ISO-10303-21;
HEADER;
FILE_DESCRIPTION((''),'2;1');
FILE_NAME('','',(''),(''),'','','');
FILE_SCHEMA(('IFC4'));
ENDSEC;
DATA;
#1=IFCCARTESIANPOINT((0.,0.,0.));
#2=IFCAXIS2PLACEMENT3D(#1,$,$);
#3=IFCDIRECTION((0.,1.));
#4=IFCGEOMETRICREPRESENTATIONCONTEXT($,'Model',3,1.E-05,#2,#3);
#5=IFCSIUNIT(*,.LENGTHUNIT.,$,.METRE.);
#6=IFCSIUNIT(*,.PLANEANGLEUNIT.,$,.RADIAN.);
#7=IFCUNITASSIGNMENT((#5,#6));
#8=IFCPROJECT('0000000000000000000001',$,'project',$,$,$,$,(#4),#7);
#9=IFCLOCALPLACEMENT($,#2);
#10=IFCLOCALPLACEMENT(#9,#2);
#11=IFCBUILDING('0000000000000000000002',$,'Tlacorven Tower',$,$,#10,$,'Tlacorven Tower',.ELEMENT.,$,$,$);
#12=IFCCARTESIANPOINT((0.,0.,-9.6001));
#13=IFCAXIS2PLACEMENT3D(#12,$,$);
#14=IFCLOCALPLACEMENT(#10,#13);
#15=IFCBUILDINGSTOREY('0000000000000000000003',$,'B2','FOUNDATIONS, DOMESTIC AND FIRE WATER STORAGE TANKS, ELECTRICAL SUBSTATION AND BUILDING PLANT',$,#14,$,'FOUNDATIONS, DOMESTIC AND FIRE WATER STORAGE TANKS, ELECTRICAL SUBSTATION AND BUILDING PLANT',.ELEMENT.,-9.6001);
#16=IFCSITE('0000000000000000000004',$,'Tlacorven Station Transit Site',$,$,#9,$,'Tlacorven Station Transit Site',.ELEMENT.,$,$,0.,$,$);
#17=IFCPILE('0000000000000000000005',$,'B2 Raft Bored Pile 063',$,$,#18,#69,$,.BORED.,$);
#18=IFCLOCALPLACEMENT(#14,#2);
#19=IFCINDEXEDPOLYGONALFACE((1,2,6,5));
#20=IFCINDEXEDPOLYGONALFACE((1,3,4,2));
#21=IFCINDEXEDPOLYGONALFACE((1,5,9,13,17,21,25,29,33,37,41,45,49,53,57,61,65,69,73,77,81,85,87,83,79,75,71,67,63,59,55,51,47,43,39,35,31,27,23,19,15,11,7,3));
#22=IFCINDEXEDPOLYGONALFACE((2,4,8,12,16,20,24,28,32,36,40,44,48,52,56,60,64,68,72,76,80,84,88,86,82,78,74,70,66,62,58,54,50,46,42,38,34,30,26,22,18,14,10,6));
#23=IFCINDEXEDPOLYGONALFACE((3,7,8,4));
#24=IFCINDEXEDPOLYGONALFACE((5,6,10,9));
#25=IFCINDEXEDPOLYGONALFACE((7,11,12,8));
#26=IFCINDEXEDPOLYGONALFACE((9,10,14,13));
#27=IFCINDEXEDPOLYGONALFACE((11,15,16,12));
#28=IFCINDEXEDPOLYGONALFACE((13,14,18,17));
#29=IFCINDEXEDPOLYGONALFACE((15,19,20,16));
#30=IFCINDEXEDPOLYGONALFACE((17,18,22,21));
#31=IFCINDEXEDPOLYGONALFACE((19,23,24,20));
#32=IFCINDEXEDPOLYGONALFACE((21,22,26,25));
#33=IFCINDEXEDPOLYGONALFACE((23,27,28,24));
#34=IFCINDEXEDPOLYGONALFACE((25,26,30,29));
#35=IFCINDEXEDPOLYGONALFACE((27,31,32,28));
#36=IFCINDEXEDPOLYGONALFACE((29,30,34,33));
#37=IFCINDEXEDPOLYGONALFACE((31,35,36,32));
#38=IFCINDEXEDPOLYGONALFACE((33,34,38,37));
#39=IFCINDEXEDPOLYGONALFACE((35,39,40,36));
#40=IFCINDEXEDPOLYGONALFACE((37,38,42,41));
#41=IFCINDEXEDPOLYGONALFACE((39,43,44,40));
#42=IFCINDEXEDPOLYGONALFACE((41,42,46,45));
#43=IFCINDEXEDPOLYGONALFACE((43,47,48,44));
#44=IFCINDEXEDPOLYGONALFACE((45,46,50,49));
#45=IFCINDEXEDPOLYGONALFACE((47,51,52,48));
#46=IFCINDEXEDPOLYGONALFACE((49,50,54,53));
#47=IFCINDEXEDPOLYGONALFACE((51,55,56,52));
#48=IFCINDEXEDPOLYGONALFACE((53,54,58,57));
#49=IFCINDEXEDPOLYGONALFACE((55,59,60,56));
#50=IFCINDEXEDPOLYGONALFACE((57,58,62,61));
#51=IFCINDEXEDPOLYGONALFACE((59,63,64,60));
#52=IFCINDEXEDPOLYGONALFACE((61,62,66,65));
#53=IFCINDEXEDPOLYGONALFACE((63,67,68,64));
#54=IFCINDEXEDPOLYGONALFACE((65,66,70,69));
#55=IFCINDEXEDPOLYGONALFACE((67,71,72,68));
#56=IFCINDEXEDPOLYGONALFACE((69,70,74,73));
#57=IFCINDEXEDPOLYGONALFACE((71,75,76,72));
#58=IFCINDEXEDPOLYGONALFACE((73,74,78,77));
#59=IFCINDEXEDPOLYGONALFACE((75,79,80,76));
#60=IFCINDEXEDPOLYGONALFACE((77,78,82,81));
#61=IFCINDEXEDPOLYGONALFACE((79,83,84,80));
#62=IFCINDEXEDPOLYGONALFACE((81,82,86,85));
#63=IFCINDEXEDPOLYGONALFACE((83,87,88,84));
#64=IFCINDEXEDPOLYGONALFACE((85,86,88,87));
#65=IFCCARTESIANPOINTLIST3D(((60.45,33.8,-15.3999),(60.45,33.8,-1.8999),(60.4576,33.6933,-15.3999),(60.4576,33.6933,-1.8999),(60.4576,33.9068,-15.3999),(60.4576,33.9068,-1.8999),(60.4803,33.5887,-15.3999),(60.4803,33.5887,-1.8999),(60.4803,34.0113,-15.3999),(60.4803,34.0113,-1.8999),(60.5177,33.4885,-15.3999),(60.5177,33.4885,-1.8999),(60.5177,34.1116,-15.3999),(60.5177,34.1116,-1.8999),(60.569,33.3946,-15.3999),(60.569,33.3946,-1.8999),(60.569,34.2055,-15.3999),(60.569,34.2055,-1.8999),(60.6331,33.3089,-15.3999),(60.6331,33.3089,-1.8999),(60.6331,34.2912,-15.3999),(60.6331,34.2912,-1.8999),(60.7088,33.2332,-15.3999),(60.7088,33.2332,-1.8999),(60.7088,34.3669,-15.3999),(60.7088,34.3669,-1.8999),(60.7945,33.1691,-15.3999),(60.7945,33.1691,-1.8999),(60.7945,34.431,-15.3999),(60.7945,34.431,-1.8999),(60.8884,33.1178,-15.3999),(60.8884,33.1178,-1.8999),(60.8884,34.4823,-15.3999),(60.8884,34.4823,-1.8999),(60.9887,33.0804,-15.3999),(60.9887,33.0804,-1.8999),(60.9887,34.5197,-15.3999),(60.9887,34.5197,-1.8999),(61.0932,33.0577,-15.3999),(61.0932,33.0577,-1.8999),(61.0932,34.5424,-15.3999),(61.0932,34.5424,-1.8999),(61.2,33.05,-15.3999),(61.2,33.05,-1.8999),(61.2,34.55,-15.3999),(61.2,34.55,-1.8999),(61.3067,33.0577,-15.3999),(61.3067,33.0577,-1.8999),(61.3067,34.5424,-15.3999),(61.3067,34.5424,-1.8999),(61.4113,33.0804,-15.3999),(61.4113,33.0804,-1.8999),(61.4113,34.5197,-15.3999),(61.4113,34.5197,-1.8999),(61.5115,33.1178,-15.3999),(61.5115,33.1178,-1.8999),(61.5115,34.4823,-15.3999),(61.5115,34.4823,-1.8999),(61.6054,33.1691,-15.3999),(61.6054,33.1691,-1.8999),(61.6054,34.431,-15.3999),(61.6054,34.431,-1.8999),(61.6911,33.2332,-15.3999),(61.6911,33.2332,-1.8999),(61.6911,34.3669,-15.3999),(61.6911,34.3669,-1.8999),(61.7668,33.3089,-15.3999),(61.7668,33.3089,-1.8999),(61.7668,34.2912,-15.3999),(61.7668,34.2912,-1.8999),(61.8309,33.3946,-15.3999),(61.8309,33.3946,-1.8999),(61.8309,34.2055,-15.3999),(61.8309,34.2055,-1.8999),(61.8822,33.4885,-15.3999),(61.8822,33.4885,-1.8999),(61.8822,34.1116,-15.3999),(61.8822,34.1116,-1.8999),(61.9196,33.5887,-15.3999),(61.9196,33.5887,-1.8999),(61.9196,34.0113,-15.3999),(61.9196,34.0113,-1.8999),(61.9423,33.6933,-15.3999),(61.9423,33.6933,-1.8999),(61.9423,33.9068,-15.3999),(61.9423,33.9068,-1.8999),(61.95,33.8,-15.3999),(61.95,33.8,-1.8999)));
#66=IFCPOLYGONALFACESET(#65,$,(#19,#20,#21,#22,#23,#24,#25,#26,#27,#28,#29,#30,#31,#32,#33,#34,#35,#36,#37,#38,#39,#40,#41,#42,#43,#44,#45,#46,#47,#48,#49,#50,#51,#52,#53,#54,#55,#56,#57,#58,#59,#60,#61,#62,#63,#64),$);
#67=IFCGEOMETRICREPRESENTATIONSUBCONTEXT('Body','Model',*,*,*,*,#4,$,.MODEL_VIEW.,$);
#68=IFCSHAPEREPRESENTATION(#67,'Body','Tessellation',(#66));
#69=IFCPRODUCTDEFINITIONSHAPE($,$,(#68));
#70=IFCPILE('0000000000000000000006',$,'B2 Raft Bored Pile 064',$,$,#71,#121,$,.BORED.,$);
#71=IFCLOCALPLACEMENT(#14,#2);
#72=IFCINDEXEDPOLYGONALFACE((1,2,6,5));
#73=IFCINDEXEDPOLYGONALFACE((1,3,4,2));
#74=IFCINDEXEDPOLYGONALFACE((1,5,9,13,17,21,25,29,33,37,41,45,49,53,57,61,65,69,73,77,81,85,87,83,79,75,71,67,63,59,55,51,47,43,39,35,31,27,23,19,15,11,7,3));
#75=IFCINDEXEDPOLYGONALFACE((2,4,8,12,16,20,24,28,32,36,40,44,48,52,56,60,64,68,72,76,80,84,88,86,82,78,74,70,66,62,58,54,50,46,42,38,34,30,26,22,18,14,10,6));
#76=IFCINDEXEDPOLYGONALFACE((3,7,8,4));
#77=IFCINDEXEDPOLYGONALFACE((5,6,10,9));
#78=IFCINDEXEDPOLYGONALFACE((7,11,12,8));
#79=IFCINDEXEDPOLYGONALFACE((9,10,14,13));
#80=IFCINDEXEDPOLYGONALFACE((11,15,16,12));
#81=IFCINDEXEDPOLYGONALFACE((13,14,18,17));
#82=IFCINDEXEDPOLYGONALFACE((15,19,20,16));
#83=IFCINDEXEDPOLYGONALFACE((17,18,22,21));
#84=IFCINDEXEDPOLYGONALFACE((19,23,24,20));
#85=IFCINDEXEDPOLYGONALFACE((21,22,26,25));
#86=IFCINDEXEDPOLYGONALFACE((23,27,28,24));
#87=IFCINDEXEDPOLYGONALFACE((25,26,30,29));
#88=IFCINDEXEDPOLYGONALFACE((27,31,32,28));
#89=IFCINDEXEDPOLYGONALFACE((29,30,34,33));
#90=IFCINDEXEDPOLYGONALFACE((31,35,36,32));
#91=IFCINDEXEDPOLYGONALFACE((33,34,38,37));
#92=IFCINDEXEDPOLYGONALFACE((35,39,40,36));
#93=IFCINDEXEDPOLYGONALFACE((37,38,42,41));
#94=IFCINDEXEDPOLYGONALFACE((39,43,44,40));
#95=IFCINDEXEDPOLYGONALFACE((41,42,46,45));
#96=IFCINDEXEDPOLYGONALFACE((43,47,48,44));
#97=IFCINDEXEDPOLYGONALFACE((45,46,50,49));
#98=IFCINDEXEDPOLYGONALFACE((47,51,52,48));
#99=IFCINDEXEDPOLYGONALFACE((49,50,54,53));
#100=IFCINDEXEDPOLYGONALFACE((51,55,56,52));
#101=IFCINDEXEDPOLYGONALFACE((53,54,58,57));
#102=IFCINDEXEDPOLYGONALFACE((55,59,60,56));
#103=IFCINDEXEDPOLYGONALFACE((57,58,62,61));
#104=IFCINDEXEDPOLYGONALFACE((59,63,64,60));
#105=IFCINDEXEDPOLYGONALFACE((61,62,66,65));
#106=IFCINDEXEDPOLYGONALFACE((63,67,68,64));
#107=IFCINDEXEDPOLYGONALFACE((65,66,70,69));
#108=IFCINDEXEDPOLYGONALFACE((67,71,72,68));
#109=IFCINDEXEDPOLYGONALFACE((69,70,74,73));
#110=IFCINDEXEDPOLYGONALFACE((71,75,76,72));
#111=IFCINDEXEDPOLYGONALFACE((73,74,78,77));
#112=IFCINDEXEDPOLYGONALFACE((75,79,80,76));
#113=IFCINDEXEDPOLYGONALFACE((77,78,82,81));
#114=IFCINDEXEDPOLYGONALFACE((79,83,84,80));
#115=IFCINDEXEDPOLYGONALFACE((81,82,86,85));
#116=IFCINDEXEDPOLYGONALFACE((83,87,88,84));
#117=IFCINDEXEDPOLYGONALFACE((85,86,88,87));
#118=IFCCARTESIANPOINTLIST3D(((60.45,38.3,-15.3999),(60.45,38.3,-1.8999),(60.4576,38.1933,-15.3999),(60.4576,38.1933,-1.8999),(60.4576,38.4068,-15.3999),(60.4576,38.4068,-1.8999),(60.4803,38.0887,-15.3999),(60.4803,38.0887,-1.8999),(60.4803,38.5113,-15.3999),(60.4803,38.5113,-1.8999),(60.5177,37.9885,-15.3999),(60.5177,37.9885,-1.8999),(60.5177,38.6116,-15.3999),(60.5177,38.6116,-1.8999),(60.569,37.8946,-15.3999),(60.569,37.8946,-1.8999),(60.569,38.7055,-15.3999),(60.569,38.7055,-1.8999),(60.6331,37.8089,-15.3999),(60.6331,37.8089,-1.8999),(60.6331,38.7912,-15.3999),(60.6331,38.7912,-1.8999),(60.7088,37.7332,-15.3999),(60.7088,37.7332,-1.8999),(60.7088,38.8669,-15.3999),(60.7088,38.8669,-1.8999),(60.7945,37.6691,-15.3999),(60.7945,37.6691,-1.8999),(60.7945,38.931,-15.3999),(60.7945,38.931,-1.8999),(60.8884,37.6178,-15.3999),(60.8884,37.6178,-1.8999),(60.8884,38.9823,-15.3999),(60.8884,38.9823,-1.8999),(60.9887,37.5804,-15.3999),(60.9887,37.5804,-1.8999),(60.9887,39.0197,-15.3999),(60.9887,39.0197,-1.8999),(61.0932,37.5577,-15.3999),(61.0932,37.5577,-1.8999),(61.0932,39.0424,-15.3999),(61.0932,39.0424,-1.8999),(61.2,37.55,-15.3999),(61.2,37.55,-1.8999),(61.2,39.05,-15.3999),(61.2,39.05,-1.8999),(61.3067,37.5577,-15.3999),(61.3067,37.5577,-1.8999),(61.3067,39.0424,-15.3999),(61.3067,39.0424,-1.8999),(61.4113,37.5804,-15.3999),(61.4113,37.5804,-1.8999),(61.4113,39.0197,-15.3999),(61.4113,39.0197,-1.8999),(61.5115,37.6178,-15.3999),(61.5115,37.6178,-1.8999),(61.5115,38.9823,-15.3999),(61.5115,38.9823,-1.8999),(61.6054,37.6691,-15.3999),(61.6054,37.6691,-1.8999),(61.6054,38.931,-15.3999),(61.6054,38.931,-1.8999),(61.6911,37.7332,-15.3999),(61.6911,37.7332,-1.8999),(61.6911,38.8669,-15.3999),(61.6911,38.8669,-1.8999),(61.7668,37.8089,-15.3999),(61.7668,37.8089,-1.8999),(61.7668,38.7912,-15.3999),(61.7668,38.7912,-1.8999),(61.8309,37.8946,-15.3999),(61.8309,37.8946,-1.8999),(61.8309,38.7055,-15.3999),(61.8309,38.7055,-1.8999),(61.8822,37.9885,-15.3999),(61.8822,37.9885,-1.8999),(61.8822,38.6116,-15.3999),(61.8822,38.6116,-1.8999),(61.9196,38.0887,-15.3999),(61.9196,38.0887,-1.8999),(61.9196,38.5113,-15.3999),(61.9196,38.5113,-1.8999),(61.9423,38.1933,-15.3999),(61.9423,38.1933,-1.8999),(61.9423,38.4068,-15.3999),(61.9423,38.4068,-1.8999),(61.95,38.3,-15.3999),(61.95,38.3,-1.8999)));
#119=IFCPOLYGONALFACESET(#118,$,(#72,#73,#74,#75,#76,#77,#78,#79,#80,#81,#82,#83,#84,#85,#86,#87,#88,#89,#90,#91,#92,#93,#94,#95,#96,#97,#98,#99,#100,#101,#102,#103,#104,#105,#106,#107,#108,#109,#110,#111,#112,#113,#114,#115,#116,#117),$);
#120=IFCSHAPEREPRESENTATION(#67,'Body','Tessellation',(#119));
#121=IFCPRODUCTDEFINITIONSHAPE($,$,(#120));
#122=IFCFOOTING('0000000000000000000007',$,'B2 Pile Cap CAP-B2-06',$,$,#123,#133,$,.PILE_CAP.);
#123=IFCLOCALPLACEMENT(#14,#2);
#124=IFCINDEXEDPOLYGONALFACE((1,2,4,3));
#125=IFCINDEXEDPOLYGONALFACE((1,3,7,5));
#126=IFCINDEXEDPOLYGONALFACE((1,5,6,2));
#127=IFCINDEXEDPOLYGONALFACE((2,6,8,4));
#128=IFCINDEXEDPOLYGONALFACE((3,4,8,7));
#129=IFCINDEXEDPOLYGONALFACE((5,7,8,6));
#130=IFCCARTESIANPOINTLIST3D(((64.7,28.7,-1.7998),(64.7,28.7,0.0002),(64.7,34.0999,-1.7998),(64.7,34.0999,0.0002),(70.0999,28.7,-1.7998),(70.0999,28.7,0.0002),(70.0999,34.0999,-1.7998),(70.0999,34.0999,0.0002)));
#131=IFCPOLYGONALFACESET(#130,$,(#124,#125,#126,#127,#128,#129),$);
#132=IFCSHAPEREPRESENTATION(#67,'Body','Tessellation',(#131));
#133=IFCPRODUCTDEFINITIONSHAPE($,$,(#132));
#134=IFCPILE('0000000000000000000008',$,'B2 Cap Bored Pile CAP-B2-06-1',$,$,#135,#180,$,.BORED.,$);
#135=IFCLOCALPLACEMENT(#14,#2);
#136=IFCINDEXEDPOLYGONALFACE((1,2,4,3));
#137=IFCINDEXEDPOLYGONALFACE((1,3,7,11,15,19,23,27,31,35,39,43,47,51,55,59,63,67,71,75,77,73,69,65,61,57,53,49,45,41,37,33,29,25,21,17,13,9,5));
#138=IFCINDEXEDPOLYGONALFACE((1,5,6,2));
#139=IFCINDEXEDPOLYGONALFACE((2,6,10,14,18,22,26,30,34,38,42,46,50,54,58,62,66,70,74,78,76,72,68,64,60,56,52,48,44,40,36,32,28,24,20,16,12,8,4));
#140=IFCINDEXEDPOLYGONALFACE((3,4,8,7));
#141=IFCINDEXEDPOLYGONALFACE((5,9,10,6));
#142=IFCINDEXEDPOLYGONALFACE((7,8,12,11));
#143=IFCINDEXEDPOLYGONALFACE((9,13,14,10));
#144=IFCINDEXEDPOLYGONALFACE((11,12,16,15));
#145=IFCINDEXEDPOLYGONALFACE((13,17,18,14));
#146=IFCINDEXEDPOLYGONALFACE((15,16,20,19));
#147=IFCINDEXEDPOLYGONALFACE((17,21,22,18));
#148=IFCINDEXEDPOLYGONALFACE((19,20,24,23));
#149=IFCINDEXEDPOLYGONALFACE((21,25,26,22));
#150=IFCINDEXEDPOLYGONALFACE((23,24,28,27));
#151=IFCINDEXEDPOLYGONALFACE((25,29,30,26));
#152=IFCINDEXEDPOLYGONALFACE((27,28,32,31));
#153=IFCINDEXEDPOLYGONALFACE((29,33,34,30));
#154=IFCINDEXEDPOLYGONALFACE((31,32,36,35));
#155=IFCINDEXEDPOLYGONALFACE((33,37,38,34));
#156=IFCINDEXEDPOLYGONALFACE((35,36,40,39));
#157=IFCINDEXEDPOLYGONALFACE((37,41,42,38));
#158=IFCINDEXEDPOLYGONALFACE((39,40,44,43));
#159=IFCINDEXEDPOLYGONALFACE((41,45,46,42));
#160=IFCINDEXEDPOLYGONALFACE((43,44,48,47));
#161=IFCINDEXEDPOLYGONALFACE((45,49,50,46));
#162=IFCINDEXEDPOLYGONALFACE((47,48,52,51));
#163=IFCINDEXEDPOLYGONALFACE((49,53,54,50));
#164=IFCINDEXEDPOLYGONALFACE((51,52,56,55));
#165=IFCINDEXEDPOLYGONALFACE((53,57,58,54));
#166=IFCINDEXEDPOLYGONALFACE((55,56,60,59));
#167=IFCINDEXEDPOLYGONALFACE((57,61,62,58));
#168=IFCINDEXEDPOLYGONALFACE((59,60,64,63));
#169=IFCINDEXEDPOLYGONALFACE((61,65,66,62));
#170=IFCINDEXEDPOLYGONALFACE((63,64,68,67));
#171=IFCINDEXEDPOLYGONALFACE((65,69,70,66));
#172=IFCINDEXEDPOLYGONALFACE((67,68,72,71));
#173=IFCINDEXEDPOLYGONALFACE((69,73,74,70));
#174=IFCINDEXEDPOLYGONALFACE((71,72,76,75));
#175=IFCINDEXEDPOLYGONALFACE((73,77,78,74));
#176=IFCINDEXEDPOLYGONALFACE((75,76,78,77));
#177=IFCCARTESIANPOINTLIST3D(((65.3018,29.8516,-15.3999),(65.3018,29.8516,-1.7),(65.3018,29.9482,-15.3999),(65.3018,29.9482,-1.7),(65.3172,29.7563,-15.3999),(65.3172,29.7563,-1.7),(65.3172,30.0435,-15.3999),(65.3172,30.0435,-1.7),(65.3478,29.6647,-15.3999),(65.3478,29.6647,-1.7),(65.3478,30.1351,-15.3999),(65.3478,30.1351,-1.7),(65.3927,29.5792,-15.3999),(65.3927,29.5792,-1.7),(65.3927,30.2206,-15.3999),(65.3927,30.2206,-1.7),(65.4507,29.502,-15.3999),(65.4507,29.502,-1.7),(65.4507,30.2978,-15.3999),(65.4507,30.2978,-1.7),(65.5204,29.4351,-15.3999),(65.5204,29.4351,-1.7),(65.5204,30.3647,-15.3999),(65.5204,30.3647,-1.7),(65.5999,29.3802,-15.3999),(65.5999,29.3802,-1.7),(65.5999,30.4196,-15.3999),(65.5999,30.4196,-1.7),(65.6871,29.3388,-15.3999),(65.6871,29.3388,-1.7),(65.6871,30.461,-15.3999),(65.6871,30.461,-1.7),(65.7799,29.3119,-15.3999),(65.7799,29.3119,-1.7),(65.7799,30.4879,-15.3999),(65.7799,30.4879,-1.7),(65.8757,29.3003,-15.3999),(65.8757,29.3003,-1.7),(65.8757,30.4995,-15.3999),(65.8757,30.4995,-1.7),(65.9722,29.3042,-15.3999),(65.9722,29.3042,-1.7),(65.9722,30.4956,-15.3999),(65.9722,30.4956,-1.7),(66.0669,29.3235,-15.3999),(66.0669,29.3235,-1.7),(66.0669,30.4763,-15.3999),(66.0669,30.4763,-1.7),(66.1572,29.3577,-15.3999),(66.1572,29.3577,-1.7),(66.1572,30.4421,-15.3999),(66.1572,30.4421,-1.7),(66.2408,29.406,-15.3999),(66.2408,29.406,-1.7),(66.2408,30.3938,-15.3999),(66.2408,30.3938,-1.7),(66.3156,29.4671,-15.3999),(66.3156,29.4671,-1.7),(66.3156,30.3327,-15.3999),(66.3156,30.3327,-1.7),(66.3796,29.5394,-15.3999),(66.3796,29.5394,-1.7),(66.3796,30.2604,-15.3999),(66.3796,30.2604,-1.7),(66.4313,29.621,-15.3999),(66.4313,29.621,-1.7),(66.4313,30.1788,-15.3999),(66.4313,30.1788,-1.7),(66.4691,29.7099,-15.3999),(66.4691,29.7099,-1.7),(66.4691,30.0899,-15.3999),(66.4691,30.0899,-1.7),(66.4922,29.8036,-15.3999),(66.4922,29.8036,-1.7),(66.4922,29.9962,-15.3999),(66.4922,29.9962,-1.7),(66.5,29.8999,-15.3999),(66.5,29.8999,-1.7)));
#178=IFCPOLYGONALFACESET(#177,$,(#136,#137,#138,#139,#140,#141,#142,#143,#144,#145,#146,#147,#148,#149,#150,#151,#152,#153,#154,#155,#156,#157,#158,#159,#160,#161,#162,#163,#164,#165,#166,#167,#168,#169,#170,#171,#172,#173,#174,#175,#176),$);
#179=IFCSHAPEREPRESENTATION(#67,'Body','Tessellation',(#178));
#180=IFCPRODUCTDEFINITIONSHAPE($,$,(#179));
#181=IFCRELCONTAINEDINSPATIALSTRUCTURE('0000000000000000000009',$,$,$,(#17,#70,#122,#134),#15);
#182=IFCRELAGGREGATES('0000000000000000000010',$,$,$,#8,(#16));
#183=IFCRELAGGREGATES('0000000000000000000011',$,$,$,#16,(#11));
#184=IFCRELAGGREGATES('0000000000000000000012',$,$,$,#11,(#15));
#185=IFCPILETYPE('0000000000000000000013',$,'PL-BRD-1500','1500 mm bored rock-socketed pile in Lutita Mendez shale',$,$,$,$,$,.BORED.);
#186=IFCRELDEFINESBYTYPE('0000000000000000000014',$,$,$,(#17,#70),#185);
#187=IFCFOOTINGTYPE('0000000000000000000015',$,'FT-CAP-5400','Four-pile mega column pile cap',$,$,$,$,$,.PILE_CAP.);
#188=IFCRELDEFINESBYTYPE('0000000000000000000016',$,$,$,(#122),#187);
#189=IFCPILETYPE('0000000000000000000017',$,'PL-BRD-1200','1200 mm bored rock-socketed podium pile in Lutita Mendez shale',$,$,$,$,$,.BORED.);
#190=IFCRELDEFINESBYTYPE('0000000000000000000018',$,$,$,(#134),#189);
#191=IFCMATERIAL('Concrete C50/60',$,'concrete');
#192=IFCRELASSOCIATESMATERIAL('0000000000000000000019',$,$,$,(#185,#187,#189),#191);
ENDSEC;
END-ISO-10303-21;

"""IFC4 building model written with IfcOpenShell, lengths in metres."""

from ifc_helpers import new_model, si_unit, direction, frame, origin, origin_2d, place, context, subcontext, project, spatial, rectangle, circle, extrude, source, transform, mapped, material, material_profile, profile_set, type_object, element, save


model = new_model("IFC4")

# Units and contexts
model_context = context("Model", 3, precision=1e-05, world=origin(), true_north=direction((0.0, 1.0)))
body_context = subcontext(model_context, "Body", "Model", "MODEL_VIEW")
ifc_project = project(units=[si_unit("LENGTHUNIT", "METRE"), si_unit("PLANEANGLEUNIT", "RADIAN")], contexts=[model_context])

# Site, building, storey
site_placement = place(None, origin())
site = spatial("IfcSite", under=ifc_project, at=site_placement, Name="Tlacorven Station Transit Site", LongName="Tlacorven Station Transit Site", CompositionType="ELEMENT", RefElevation=0.0)
building_placement = place(site_placement, origin())
building = spatial("IfcBuilding", under=site, at=building_placement, Name="Tlacorven Tower", LongName="Tlacorven Tower", CompositionType="ELEMENT")
storey_placement = place(building_placement, frame((0.0, 0.0, -9.6001)))
storey = spatial("IfcBuildingStorey", under=building, at=storey_placement, Name="B2", Description="FOUNDATIONS, DOMESTIC AND FIRE WATER STORAGE TANKS, ELECTRICAL SUBSTATION AND BUILDING PLANT", LongName="FOUNDATIONS, DOMESTIC AND FIRE WATER STORAGE TANKS, ELECTRICAL SUBSTATION AND BUILDING PLANT", CompositionType="ELEMENT", Elevation=-9.6001)

# Piles
ifc_material_1 = material(Name="Concrete C50/60", Category="concrete")
ifc_material_profile_1 = material_profile(ifc_material_1, circle(Radius=0.75, at=origin_2d()), Name="BORED PILE D1500")
ifc_profile_set_1 = profile_set([ifc_material_profile_1], Name="Concrete C50/60")
pile_type_1 = type_object("IfcPileType", Name="PL-BRD-1500", Description="1500 mm bored rock-socketed pile in Lutita Mendez shale", PredefinedType="BORED", material=ifc_profile_set_1)
shared_shape_1 = source(origin(), body_context, "Body", "SweptSolid", [
    extrude(circle(Radius=0.75, at=origin_2d()), origin(), (0.0, 0.0, 1.0), 13.5),
])
for number, where, z_axis, x_axis, name in (
    (1, (61.2, 33.8, -1.8999), (0.0, 0.0, -1.0), (1.0, 0.0, 0.0), "B2 Raft Bored Pile 063"),
    (2, (61.2, 38.3, -1.8999), (0.0, 0.0, -1.0), (1.0, 0.0, 0.0), "B2 Raft Bored Pile 064"),
):
    element("IfcPile", number, at=place(storey_placement, frame(where, z_axis=z_axis, x_axis=x_axis)), inside=storey, type_object=pile_type_1, Name=name, PredefinedType="BORED", context=body_context, shape_type="MappedRepresentation", body=[
        mapped(shared_shape_1, transform((0.0, 0.0, 0.0), scale=1.0)),
    ])

# Footing
footing_type_1 = type_object("IfcFootingType", Name="FT-CAP-5400", Description="Four-pile mega column pile cap", PredefinedType="PILE_CAP", material=ifc_material_1)
shared_shape_2 = source(origin(), body_context, "Body", "SweptSolid", [
    extrude(rectangle(XDim=5.3999, YDim=5.3999, at=origin_2d()), origin(), (0.0, 0.0, 1.0), 1.8),
])
footing_1_placement = place(storey_placement, frame((67.3999, 31.3999, -1.7998), z_axis=(0.0, 0.0, 1.0), x_axis=(1.0, 0.0, 0.0)))
element("IfcFooting", 3, at=footing_1_placement, inside=storey, type_object=footing_type_1, Name="B2 Pile Cap CAP-B2-06", PredefinedType="PILE_CAP", context=body_context, shape_type="MappedRepresentation", body=[
    mapped(shared_shape_2, transform((0.0, 0.0, 0.0), scale=1.0)),
])

# Pile
ifc_material_profile_2 = material_profile(ifc_material_1, circle(Radius=0.6001, at=origin_2d()), Name="BORED PILE D1200")
ifc_profile_set_2 = profile_set([ifc_material_profile_2], Name="Concrete C50/60")
pile_type_2 = type_object("IfcPileType", Name="PL-BRD-1200", Description="1200 mm bored rock-socketed podium pile in Lutita Mendez shale", PredefinedType="BORED", material=ifc_profile_set_2)
shared_shape_3 = source(origin(), body_context, "Body", "SweptSolid", [
    extrude(circle(Radius=0.6001, at=origin_2d()), origin(), (0.0, 0.0, 1.0), 13.7),
])
for number, where, z_axis, x_axis, name in (
    (4, (65.8999, 29.8999, -1.7), (0.0, 0.0, -1.0), (1.0, 0.0, 0.0), "B2 Cap Bored Pile CAP-B2-06-1"),
):
    element("IfcPile", number, at=place(storey_placement, frame(where, z_axis=z_axis, x_axis=x_axis)), inside=storey, type_object=pile_type_2, Name=name, PredefinedType="BORED", context=body_context, shape_type="MappedRepresentation", body=[
        mapped(shared_shape_3, transform((0.0, 0.0, 0.0), scale=1.0)),
    ])

save(model, "model.ifc")
